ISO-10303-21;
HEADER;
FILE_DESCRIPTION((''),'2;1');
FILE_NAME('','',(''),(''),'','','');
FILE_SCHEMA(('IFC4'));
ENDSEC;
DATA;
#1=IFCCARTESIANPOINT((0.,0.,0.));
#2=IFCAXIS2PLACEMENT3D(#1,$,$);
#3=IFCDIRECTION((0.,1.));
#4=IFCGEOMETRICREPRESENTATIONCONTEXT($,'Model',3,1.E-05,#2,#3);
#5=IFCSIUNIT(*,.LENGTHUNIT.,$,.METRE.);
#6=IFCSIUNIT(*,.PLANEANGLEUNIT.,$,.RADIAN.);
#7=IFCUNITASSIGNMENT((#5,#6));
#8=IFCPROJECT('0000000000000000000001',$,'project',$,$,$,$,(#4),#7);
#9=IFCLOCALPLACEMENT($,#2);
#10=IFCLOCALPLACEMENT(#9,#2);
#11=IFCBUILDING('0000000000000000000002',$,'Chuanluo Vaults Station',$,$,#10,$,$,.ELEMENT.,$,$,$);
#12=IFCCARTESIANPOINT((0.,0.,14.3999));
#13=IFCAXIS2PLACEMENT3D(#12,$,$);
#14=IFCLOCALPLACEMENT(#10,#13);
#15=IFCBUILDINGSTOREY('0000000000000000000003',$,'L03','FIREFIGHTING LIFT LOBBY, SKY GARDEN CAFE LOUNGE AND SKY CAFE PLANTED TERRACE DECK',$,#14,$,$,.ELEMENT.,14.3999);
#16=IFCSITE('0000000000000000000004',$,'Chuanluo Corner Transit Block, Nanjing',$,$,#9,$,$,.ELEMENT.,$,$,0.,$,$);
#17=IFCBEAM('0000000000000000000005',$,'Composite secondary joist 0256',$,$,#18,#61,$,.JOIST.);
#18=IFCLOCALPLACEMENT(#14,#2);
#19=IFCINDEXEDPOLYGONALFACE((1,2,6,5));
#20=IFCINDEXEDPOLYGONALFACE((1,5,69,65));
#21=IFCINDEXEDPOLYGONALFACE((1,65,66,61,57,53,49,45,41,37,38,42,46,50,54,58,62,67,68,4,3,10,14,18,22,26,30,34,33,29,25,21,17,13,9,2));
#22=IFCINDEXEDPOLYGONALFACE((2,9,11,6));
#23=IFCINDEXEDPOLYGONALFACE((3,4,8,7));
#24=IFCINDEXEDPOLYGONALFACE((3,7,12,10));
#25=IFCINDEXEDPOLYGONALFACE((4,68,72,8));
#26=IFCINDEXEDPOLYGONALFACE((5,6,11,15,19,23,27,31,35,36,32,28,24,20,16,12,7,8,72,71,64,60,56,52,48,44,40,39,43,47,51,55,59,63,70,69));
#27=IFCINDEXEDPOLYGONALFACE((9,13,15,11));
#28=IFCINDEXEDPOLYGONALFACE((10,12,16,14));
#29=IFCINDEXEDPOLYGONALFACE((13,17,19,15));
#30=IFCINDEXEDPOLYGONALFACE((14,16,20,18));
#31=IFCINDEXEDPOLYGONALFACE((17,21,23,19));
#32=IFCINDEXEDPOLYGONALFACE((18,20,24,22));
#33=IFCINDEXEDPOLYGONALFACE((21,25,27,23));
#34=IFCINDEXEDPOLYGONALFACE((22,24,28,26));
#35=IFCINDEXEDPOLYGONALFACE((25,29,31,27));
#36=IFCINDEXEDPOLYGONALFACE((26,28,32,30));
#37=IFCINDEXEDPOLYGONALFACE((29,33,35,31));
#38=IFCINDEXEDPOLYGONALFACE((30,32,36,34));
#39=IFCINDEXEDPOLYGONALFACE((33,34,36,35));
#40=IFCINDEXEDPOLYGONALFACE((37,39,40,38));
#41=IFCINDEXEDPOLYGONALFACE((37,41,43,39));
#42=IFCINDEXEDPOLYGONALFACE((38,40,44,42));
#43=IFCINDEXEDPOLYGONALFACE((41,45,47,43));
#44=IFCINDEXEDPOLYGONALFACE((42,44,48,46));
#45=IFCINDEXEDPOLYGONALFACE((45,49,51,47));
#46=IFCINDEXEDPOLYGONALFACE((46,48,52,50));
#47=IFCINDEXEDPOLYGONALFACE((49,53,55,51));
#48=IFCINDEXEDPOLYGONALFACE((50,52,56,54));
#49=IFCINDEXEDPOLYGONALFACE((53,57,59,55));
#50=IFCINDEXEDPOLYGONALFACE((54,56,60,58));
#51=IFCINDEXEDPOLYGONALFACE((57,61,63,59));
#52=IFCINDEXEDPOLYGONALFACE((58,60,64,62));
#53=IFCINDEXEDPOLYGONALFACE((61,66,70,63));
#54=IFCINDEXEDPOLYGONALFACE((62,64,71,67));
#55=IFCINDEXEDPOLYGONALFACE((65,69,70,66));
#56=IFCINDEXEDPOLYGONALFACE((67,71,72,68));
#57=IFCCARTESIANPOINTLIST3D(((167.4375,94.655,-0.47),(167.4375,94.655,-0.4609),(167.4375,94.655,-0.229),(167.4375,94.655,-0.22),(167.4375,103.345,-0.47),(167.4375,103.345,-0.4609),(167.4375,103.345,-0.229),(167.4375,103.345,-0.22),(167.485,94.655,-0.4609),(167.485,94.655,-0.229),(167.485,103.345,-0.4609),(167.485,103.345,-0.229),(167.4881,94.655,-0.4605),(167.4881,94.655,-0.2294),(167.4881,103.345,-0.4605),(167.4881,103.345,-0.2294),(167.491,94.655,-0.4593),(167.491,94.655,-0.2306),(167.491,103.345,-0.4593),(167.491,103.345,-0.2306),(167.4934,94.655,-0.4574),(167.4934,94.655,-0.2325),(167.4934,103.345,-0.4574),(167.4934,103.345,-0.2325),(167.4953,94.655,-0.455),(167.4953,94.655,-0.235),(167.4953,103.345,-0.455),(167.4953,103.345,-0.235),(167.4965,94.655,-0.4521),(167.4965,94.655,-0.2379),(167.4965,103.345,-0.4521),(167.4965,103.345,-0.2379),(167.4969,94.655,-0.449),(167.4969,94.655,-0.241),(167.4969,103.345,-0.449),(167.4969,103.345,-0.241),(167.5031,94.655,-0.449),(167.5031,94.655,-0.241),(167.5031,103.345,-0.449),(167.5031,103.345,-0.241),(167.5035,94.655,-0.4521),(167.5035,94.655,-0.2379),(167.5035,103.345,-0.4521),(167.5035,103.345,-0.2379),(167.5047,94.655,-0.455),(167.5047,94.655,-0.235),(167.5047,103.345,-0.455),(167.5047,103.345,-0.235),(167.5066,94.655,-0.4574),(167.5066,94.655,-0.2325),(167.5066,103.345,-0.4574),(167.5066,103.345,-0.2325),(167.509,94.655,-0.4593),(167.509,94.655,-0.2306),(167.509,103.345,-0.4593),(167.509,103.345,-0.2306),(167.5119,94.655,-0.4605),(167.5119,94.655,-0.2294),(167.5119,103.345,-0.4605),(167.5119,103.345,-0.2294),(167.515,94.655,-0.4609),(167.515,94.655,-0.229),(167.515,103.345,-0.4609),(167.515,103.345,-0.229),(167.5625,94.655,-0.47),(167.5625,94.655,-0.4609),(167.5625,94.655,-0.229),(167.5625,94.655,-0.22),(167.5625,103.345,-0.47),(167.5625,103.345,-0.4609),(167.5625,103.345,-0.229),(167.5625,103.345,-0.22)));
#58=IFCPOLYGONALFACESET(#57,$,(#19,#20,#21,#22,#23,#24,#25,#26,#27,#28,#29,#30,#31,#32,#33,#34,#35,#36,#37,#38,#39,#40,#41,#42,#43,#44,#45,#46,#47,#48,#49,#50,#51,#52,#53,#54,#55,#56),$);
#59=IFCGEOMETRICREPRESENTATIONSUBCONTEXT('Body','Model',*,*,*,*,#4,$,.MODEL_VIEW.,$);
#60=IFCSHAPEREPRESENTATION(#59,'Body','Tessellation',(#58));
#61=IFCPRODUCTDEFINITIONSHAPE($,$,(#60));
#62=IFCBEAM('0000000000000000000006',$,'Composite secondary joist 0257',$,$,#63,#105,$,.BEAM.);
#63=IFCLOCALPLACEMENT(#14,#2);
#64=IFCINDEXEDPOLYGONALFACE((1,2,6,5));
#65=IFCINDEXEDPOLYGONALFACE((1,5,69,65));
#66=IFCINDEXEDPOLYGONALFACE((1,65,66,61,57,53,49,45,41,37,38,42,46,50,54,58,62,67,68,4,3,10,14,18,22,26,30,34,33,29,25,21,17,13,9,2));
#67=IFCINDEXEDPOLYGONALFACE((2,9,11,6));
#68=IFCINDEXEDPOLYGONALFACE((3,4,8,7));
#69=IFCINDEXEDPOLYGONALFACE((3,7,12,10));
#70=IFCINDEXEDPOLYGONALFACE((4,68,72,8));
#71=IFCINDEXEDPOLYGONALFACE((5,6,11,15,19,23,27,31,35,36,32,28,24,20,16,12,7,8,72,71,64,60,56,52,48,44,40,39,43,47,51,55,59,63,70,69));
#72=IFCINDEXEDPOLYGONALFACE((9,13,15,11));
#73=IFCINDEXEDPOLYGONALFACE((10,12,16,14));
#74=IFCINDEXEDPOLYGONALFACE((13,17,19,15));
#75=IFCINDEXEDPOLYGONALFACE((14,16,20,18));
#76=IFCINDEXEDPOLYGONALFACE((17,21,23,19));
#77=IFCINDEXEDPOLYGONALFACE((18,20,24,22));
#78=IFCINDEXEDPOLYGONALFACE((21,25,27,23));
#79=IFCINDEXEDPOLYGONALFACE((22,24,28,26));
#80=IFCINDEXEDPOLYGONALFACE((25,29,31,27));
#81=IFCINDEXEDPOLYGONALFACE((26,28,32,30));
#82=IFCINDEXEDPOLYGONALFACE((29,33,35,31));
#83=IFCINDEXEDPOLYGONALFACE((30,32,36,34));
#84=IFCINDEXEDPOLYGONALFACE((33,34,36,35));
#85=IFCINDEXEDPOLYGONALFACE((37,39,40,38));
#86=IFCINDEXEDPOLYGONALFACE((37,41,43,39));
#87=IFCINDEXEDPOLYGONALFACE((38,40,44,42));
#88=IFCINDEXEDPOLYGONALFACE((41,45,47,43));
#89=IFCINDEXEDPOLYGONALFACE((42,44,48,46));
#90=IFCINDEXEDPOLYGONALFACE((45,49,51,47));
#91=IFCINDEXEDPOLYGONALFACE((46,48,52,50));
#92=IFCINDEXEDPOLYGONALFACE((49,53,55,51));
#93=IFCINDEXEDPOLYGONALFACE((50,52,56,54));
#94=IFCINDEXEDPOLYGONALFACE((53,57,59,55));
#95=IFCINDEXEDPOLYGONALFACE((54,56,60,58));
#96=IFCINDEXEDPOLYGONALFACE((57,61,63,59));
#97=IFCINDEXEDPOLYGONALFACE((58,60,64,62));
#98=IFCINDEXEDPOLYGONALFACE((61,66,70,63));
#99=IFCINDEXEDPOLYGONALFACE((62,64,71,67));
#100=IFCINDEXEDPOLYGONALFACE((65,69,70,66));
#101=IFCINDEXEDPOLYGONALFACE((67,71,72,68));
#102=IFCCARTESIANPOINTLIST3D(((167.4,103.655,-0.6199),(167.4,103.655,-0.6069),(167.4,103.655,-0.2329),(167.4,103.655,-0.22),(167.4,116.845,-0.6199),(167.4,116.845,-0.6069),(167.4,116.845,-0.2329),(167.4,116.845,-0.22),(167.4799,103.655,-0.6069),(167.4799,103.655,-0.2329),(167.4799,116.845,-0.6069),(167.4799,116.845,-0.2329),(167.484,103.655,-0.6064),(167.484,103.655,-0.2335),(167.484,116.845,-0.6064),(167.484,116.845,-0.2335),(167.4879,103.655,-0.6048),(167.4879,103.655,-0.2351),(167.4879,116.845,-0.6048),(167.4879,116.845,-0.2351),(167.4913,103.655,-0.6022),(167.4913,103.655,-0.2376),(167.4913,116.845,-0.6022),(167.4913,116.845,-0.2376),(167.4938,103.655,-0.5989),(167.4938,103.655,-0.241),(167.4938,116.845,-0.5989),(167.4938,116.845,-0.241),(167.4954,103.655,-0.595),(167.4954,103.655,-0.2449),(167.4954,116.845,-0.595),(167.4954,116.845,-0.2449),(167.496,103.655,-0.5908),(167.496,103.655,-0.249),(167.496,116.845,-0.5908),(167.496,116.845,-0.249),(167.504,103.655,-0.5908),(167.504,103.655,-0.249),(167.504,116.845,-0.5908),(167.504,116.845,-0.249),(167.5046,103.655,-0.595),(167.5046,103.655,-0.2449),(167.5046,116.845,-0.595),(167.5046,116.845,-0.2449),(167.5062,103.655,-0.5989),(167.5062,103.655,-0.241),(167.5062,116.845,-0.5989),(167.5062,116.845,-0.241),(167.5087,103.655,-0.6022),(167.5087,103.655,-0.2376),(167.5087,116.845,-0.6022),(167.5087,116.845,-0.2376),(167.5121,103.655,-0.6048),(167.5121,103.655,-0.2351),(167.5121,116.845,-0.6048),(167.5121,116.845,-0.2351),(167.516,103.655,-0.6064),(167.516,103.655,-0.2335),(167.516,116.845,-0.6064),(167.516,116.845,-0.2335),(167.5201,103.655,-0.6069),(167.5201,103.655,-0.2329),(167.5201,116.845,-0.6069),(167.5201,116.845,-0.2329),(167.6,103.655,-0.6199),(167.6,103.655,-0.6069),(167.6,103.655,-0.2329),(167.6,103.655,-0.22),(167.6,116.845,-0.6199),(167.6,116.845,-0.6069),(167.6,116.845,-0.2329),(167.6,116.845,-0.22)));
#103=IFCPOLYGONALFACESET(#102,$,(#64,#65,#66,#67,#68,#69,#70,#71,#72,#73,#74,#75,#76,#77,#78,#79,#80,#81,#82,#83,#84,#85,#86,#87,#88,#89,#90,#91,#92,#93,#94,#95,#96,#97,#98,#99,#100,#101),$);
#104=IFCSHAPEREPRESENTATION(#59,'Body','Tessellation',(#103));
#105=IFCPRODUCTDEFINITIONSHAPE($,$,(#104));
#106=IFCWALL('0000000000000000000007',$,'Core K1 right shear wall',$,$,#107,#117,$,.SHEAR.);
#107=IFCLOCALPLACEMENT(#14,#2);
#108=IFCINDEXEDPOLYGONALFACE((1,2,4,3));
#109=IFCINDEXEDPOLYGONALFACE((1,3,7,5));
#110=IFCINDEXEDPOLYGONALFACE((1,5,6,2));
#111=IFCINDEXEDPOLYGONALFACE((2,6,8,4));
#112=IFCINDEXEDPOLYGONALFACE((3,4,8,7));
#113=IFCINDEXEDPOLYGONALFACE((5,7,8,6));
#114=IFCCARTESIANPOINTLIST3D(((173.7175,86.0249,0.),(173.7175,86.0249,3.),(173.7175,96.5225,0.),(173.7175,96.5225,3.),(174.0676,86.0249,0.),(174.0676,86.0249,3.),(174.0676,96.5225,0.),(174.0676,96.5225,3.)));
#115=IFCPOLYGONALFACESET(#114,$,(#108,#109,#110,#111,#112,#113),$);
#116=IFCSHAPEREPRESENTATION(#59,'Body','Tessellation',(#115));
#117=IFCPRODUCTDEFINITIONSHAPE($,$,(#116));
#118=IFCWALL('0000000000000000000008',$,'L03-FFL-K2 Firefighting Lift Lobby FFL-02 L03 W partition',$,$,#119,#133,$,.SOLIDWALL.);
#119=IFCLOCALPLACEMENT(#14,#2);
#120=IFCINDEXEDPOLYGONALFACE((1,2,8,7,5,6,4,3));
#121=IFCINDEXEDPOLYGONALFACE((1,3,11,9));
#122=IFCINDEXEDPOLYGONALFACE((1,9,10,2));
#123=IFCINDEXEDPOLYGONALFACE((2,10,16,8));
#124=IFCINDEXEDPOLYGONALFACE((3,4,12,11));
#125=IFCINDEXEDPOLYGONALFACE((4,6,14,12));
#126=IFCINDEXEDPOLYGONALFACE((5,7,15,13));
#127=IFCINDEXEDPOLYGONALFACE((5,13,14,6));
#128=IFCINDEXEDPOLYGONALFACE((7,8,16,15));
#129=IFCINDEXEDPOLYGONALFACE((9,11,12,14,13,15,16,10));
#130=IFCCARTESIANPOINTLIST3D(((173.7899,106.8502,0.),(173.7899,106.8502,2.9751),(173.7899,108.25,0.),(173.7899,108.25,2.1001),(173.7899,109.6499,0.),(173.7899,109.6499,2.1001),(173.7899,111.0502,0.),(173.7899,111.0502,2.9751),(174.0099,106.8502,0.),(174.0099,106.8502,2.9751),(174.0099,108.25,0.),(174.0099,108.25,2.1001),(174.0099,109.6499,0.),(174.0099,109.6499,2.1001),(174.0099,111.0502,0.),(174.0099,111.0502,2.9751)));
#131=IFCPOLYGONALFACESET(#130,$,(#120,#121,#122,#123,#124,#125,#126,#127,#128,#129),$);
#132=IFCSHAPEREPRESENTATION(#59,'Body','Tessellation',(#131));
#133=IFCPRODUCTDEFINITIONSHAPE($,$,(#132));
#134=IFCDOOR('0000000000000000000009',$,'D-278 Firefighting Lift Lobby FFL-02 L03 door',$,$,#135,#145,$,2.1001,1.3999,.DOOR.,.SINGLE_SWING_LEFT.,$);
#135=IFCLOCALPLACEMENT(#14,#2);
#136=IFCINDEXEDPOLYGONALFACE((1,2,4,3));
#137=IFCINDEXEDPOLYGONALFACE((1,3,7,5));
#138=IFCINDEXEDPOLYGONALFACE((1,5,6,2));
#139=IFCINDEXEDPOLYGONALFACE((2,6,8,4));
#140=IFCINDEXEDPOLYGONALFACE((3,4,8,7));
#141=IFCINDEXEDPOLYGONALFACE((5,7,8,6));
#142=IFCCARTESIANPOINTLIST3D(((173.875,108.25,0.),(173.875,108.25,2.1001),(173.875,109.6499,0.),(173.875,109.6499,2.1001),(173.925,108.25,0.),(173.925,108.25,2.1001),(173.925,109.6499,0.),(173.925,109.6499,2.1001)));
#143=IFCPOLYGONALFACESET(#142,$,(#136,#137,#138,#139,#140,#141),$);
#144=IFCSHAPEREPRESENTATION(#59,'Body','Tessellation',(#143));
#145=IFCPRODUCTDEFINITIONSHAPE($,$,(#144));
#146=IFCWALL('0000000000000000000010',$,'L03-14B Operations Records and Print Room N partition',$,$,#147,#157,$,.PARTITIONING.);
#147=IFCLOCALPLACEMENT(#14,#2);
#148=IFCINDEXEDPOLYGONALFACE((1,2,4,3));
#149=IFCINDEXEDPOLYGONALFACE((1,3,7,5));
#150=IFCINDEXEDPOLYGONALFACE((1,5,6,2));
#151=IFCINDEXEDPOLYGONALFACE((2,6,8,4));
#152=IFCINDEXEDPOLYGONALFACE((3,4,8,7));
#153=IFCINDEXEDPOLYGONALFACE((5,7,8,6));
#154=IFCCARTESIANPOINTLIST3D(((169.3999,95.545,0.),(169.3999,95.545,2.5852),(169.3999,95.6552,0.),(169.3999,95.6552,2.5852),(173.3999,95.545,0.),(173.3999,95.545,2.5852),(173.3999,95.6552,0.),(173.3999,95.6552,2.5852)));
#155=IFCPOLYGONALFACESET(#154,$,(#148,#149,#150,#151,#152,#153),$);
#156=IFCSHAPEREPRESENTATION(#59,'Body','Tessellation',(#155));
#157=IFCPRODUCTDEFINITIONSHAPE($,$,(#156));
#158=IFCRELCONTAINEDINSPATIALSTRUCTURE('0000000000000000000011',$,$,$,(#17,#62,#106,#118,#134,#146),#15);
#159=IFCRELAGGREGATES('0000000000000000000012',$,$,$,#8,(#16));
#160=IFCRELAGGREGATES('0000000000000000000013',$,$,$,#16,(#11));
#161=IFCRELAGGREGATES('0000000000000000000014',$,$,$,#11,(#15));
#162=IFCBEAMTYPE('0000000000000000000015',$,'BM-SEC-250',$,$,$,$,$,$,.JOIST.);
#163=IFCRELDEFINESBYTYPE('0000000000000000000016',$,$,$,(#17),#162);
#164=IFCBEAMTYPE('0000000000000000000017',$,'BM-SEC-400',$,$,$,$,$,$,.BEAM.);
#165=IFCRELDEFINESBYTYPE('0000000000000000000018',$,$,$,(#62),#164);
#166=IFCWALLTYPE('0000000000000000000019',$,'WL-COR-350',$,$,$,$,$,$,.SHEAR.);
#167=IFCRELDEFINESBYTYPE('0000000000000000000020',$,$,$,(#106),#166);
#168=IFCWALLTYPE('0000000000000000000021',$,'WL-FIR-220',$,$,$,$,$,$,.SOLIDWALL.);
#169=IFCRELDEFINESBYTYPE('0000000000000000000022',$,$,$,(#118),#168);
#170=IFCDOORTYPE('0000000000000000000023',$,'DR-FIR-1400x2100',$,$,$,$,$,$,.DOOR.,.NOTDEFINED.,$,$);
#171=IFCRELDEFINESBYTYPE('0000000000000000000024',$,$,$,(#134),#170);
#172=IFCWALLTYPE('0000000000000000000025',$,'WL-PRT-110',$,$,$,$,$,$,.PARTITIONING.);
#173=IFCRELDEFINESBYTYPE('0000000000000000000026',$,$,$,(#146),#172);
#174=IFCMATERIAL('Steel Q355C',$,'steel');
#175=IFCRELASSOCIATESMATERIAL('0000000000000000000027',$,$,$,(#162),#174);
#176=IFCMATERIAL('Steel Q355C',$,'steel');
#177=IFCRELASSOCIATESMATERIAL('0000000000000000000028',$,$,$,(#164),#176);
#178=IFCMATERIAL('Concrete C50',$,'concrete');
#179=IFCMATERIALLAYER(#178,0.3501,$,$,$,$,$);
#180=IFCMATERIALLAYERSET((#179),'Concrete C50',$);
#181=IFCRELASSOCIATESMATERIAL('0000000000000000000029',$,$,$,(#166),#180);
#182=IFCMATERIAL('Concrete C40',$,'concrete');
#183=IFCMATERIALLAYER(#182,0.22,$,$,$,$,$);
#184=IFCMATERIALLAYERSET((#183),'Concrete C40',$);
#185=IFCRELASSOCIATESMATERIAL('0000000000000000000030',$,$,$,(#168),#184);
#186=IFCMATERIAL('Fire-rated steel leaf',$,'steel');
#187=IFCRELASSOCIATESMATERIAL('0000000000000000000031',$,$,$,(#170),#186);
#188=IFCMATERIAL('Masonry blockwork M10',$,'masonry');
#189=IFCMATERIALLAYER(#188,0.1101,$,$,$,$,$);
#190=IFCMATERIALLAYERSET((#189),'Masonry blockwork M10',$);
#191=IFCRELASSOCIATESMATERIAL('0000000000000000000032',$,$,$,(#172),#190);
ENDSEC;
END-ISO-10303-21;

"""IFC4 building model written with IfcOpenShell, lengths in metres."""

from ifc_helpers import new_model, si_unit, direction, frame, frame_2d, origin, origin_2d, place, context, subcontext, project, spatial, rectangle, i_section, extrude, material, layer, layer_set, material_profile, profile_set, type_object, element, fill, save


model = new_model("IFC4")

# Units and contexts
model_context = context("Model", 3, precision=1e-05, world=origin(), true_north=direction((0.0, 1.0)))
body_context = subcontext(model_context, "Body", "Model", "MODEL_VIEW")
ifc_project = project(units=[si_unit("LENGTHUNIT", "METRE"), si_unit("PLANEANGLEUNIT", "RADIAN")], contexts=[model_context])

# Site, building, storey
site_placement = place(None, origin())
site = spatial("IfcSite", under=ifc_project, at=site_placement, Name="Chuanluo Corner Transit Block, Nanjing", CompositionType="ELEMENT", RefElevation=0.0)
building_placement = place(site_placement, origin())
building = spatial("IfcBuilding", under=site, at=building_placement, Name="Chuanluo Vaults Station", CompositionType="ELEMENT")
storey_placement = place(building_placement, frame((0.0, 0.0, 14.3999)))
storey = spatial("IfcBuildingStorey", under=building, at=storey_placement, Name="L03", Description="FIREFIGHTING LIFT LOBBY, SKY GARDEN CAFE LOUNGE AND SKY CAFE PLANTED TERRACE DECK", CompositionType="ELEMENT", Elevation=14.3999)

# Beams
ifc_material_1 = material(Name="Steel Q355C", Category="steel")
ifc_material_profile_1 = material_profile(ifc_material_1, i_section(OverallWidth=0.125, OverallDepth=0.25, WebThickness=0.0061, FlangeThickness=0.009, FilletRadius=0.012, at=origin_2d()))
ifc_profile_set_1 = profile_set([ifc_material_profile_1], Name="Steel Q355C")
beam_type_1 = type_object("IfcBeamType", Name="BM-SEC-250", PredefinedType="JOIST", material=ifc_profile_set_1)
for number, where, z_axis, x_axis, name in (
    (1, (167.5, 94.655, -0.345), (0.0, 1.0, 0.0), (-1.0, 0.0, 0.0), "Composite secondary joist 0256"),
):
    element("IfcBeam", number, at=place(storey_placement, frame(where, z_axis=z_axis, x_axis=x_axis)), inside=storey, type_object=beam_type_1, Name=name, PredefinedType="JOIST", context=body_context, shape_type="SweptSolid", body=[
        extrude(i_section(OverallWidth=0.125, OverallDepth=0.25, WebThickness=0.0061, FlangeThickness=0.009, FilletRadius=0.012, at=origin_2d()), origin(), (0.0, 0.0, 1.0), 8.6899),
    ])
ifc_material_2 = material(Name="Steel Q355C", Category="steel")
ifc_material_profile_2 = material_profile(ifc_material_2, i_section(OverallWidth=0.2, OverallDepth=0.3999, WebThickness=0.0081, FlangeThickness=0.0129, FilletRadius=0.0161, at=origin_2d()))
ifc_profile_set_2 = profile_set([ifc_material_profile_2], Name="Steel Q355C")
beam_type_2 = type_object("IfcBeamType", Name="BM-SEC-400", PredefinedType="BEAM", material=ifc_profile_set_2)
beam_1_placement = place(storey_placement, frame((167.5, 103.655, -0.4199), z_axis=(0.0, 1.0, 0.0), x_axis=(-1.0, 0.0, 0.0)))
element("IfcBeam", 2, at=beam_1_placement, inside=storey, type_object=beam_type_2, Name="Composite secondary joist 0257", PredefinedType="BEAM", context=body_context, shape_type="SweptSolid", body=[
    extrude(i_section(OverallWidth=0.2, OverallDepth=0.3999, WebThickness=0.0081, FlangeThickness=0.0129, FilletRadius=0.0161, at=origin_2d()), origin(), (0.0, 0.0, 1.0), 13.1899),
])

# Wall
ifc_material_3 = material(Name="Concrete C50", Category="concrete")
ifc_layer_1 = layer(ifc_material_3, 0.3501)
ifc_layer_set_1 = layer_set([ifc_layer_1], Name="Concrete C50")
wall_type_1 = type_object("IfcWallType", Name="WL-COR-350", PredefinedType="SHEAR", material=ifc_layer_set_1)
wall_1_placement = place(storey_placement, frame((173.8926, 96.5225, 0.0), z_axis=(0.0, 0.0, 1.0), x_axis=(0.0, -1.0, 0.0)))
element("IfcWall", 3, at=wall_1_placement, inside=storey, type_object=wall_type_1, Name="Core K1 right shear wall", PredefinedType="SHEAR", context=body_context, shape_type="SweptSolid", body=[
    extrude(rectangle(XDim=10.4976, YDim=0.3501, at=frame_2d((5.2488, 0.0))), origin(), (0.0, 0.0, 1.0), 3.0),
])

# Wall, opening, door
ifc_material_4 = material(Name="Concrete C40", Category="concrete")
ifc_layer_2 = layer(ifc_material_4, 0.22)
ifc_layer_set_2 = layer_set([ifc_layer_2], Name="Concrete C40")
wall_type_2 = type_object("IfcWallType", Name="WL-FIR-220", PredefinedType="SOLIDWALL", material=ifc_layer_set_2)
wall_2_placement = place(storey_placement, frame((173.8999, 106.8501, 0.0), z_axis=(0.0, 0.0, 1.0), x_axis=(0.0, 1.0, 0.0)))
wall_2 = element("IfcWall", 4, at=wall_2_placement, inside=storey, type_object=wall_type_2, Name="L03-FFL-K2 Firefighting Lift Lobby FFL-02 L03 W partition", PredefinedType="SOLIDWALL", context=body_context, shape_type="SweptSolid", body=[
    extrude(rectangle(XDim=4.2, YDim=0.22, at=frame_2d((2.1001, 0.0))), origin(), (0.0, 0.0, 1.0), 2.9751),
])
opening_1_placement = place(wall_2_placement, frame((1.3999, 0.0, 0.0)))
opening_1 = element("IfcOpeningElement", 5, at=opening_1_placement, cuts=wall_2, PredefinedType="OPENING", context=body_context, shape_type="SweptSolid", body=[
    extrude(rectangle(XDim=1.3999, YDim=2.1001, at=frame_2d((0.7, 1.05))), frame((0.0, 0.1199, 0.0), z_axis=(0.0, -1.0, 0.0), x_axis=(1.0, 0.0, 0.0)), (0.0, 0.0, 1.0), 0.24),
])
ifc_material_5 = material(Name="Fire-rated steel leaf", Category="steel")
door_type_1 = type_object("IfcDoorType", Name="DR-FIR-1400x2100", OperationType="NOTDEFINED", PredefinedType="DOOR", material=ifc_material_5)
door_1_placement = place(opening_1_placement, origin())
door_1 = element("IfcDoor", 6, at=door_1_placement, inside=storey, type_object=door_type_1, Name="D-278 Firefighting Lift Lobby FFL-02 L03 door", OperationType="SINGLE_SWING_LEFT", OverallHeight=2.1001, OverallWidth=1.3999, PredefinedType="DOOR", context=body_context, shape_type="SweptSolid", body=[
    extrude(rectangle(XDim=1.3999, YDim=2.1001, at=frame_2d((0.7, 1.05))), frame((0.0, 0.0249, 0.0), z_axis=(0.0, -1.0, 0.0), x_axis=(1.0, 0.0, 0.0)), (0.0, 0.0, 1.0), 0.05),
])
fill(opening_1, door_1)

# Wall
ifc_material_6 = material(Name="Masonry blockwork M10", Category="masonry")
ifc_layer_3 = layer(ifc_material_6, 0.1101)
ifc_layer_set_3 = layer_set([ifc_layer_3], Name="Masonry blockwork M10")
wall_type_3 = type_object("IfcWallType", Name="WL-PRT-110", PredefinedType="PARTITIONING", material=ifc_layer_set_3)
wall_3_placement = place(storey_placement, frame((169.3999, 95.6001, 0.0), z_axis=(0.0, 0.0, 1.0), x_axis=(1.0, 0.0, 0.0)))
element("IfcWall", 7, at=wall_3_placement, inside=storey, type_object=wall_type_3, Name="L03-14B Operations Records and Print Room N partition", PredefinedType="PARTITIONING", context=body_context, shape_type="SweptSolid", body=[
    extrude(rectangle(XDim=4.0, YDim=0.1101, at=frame_2d((2.0, 0.0))), origin(), (0.0, 0.0, 1.0), 2.5852),
])

save(model, "model.ifc")
